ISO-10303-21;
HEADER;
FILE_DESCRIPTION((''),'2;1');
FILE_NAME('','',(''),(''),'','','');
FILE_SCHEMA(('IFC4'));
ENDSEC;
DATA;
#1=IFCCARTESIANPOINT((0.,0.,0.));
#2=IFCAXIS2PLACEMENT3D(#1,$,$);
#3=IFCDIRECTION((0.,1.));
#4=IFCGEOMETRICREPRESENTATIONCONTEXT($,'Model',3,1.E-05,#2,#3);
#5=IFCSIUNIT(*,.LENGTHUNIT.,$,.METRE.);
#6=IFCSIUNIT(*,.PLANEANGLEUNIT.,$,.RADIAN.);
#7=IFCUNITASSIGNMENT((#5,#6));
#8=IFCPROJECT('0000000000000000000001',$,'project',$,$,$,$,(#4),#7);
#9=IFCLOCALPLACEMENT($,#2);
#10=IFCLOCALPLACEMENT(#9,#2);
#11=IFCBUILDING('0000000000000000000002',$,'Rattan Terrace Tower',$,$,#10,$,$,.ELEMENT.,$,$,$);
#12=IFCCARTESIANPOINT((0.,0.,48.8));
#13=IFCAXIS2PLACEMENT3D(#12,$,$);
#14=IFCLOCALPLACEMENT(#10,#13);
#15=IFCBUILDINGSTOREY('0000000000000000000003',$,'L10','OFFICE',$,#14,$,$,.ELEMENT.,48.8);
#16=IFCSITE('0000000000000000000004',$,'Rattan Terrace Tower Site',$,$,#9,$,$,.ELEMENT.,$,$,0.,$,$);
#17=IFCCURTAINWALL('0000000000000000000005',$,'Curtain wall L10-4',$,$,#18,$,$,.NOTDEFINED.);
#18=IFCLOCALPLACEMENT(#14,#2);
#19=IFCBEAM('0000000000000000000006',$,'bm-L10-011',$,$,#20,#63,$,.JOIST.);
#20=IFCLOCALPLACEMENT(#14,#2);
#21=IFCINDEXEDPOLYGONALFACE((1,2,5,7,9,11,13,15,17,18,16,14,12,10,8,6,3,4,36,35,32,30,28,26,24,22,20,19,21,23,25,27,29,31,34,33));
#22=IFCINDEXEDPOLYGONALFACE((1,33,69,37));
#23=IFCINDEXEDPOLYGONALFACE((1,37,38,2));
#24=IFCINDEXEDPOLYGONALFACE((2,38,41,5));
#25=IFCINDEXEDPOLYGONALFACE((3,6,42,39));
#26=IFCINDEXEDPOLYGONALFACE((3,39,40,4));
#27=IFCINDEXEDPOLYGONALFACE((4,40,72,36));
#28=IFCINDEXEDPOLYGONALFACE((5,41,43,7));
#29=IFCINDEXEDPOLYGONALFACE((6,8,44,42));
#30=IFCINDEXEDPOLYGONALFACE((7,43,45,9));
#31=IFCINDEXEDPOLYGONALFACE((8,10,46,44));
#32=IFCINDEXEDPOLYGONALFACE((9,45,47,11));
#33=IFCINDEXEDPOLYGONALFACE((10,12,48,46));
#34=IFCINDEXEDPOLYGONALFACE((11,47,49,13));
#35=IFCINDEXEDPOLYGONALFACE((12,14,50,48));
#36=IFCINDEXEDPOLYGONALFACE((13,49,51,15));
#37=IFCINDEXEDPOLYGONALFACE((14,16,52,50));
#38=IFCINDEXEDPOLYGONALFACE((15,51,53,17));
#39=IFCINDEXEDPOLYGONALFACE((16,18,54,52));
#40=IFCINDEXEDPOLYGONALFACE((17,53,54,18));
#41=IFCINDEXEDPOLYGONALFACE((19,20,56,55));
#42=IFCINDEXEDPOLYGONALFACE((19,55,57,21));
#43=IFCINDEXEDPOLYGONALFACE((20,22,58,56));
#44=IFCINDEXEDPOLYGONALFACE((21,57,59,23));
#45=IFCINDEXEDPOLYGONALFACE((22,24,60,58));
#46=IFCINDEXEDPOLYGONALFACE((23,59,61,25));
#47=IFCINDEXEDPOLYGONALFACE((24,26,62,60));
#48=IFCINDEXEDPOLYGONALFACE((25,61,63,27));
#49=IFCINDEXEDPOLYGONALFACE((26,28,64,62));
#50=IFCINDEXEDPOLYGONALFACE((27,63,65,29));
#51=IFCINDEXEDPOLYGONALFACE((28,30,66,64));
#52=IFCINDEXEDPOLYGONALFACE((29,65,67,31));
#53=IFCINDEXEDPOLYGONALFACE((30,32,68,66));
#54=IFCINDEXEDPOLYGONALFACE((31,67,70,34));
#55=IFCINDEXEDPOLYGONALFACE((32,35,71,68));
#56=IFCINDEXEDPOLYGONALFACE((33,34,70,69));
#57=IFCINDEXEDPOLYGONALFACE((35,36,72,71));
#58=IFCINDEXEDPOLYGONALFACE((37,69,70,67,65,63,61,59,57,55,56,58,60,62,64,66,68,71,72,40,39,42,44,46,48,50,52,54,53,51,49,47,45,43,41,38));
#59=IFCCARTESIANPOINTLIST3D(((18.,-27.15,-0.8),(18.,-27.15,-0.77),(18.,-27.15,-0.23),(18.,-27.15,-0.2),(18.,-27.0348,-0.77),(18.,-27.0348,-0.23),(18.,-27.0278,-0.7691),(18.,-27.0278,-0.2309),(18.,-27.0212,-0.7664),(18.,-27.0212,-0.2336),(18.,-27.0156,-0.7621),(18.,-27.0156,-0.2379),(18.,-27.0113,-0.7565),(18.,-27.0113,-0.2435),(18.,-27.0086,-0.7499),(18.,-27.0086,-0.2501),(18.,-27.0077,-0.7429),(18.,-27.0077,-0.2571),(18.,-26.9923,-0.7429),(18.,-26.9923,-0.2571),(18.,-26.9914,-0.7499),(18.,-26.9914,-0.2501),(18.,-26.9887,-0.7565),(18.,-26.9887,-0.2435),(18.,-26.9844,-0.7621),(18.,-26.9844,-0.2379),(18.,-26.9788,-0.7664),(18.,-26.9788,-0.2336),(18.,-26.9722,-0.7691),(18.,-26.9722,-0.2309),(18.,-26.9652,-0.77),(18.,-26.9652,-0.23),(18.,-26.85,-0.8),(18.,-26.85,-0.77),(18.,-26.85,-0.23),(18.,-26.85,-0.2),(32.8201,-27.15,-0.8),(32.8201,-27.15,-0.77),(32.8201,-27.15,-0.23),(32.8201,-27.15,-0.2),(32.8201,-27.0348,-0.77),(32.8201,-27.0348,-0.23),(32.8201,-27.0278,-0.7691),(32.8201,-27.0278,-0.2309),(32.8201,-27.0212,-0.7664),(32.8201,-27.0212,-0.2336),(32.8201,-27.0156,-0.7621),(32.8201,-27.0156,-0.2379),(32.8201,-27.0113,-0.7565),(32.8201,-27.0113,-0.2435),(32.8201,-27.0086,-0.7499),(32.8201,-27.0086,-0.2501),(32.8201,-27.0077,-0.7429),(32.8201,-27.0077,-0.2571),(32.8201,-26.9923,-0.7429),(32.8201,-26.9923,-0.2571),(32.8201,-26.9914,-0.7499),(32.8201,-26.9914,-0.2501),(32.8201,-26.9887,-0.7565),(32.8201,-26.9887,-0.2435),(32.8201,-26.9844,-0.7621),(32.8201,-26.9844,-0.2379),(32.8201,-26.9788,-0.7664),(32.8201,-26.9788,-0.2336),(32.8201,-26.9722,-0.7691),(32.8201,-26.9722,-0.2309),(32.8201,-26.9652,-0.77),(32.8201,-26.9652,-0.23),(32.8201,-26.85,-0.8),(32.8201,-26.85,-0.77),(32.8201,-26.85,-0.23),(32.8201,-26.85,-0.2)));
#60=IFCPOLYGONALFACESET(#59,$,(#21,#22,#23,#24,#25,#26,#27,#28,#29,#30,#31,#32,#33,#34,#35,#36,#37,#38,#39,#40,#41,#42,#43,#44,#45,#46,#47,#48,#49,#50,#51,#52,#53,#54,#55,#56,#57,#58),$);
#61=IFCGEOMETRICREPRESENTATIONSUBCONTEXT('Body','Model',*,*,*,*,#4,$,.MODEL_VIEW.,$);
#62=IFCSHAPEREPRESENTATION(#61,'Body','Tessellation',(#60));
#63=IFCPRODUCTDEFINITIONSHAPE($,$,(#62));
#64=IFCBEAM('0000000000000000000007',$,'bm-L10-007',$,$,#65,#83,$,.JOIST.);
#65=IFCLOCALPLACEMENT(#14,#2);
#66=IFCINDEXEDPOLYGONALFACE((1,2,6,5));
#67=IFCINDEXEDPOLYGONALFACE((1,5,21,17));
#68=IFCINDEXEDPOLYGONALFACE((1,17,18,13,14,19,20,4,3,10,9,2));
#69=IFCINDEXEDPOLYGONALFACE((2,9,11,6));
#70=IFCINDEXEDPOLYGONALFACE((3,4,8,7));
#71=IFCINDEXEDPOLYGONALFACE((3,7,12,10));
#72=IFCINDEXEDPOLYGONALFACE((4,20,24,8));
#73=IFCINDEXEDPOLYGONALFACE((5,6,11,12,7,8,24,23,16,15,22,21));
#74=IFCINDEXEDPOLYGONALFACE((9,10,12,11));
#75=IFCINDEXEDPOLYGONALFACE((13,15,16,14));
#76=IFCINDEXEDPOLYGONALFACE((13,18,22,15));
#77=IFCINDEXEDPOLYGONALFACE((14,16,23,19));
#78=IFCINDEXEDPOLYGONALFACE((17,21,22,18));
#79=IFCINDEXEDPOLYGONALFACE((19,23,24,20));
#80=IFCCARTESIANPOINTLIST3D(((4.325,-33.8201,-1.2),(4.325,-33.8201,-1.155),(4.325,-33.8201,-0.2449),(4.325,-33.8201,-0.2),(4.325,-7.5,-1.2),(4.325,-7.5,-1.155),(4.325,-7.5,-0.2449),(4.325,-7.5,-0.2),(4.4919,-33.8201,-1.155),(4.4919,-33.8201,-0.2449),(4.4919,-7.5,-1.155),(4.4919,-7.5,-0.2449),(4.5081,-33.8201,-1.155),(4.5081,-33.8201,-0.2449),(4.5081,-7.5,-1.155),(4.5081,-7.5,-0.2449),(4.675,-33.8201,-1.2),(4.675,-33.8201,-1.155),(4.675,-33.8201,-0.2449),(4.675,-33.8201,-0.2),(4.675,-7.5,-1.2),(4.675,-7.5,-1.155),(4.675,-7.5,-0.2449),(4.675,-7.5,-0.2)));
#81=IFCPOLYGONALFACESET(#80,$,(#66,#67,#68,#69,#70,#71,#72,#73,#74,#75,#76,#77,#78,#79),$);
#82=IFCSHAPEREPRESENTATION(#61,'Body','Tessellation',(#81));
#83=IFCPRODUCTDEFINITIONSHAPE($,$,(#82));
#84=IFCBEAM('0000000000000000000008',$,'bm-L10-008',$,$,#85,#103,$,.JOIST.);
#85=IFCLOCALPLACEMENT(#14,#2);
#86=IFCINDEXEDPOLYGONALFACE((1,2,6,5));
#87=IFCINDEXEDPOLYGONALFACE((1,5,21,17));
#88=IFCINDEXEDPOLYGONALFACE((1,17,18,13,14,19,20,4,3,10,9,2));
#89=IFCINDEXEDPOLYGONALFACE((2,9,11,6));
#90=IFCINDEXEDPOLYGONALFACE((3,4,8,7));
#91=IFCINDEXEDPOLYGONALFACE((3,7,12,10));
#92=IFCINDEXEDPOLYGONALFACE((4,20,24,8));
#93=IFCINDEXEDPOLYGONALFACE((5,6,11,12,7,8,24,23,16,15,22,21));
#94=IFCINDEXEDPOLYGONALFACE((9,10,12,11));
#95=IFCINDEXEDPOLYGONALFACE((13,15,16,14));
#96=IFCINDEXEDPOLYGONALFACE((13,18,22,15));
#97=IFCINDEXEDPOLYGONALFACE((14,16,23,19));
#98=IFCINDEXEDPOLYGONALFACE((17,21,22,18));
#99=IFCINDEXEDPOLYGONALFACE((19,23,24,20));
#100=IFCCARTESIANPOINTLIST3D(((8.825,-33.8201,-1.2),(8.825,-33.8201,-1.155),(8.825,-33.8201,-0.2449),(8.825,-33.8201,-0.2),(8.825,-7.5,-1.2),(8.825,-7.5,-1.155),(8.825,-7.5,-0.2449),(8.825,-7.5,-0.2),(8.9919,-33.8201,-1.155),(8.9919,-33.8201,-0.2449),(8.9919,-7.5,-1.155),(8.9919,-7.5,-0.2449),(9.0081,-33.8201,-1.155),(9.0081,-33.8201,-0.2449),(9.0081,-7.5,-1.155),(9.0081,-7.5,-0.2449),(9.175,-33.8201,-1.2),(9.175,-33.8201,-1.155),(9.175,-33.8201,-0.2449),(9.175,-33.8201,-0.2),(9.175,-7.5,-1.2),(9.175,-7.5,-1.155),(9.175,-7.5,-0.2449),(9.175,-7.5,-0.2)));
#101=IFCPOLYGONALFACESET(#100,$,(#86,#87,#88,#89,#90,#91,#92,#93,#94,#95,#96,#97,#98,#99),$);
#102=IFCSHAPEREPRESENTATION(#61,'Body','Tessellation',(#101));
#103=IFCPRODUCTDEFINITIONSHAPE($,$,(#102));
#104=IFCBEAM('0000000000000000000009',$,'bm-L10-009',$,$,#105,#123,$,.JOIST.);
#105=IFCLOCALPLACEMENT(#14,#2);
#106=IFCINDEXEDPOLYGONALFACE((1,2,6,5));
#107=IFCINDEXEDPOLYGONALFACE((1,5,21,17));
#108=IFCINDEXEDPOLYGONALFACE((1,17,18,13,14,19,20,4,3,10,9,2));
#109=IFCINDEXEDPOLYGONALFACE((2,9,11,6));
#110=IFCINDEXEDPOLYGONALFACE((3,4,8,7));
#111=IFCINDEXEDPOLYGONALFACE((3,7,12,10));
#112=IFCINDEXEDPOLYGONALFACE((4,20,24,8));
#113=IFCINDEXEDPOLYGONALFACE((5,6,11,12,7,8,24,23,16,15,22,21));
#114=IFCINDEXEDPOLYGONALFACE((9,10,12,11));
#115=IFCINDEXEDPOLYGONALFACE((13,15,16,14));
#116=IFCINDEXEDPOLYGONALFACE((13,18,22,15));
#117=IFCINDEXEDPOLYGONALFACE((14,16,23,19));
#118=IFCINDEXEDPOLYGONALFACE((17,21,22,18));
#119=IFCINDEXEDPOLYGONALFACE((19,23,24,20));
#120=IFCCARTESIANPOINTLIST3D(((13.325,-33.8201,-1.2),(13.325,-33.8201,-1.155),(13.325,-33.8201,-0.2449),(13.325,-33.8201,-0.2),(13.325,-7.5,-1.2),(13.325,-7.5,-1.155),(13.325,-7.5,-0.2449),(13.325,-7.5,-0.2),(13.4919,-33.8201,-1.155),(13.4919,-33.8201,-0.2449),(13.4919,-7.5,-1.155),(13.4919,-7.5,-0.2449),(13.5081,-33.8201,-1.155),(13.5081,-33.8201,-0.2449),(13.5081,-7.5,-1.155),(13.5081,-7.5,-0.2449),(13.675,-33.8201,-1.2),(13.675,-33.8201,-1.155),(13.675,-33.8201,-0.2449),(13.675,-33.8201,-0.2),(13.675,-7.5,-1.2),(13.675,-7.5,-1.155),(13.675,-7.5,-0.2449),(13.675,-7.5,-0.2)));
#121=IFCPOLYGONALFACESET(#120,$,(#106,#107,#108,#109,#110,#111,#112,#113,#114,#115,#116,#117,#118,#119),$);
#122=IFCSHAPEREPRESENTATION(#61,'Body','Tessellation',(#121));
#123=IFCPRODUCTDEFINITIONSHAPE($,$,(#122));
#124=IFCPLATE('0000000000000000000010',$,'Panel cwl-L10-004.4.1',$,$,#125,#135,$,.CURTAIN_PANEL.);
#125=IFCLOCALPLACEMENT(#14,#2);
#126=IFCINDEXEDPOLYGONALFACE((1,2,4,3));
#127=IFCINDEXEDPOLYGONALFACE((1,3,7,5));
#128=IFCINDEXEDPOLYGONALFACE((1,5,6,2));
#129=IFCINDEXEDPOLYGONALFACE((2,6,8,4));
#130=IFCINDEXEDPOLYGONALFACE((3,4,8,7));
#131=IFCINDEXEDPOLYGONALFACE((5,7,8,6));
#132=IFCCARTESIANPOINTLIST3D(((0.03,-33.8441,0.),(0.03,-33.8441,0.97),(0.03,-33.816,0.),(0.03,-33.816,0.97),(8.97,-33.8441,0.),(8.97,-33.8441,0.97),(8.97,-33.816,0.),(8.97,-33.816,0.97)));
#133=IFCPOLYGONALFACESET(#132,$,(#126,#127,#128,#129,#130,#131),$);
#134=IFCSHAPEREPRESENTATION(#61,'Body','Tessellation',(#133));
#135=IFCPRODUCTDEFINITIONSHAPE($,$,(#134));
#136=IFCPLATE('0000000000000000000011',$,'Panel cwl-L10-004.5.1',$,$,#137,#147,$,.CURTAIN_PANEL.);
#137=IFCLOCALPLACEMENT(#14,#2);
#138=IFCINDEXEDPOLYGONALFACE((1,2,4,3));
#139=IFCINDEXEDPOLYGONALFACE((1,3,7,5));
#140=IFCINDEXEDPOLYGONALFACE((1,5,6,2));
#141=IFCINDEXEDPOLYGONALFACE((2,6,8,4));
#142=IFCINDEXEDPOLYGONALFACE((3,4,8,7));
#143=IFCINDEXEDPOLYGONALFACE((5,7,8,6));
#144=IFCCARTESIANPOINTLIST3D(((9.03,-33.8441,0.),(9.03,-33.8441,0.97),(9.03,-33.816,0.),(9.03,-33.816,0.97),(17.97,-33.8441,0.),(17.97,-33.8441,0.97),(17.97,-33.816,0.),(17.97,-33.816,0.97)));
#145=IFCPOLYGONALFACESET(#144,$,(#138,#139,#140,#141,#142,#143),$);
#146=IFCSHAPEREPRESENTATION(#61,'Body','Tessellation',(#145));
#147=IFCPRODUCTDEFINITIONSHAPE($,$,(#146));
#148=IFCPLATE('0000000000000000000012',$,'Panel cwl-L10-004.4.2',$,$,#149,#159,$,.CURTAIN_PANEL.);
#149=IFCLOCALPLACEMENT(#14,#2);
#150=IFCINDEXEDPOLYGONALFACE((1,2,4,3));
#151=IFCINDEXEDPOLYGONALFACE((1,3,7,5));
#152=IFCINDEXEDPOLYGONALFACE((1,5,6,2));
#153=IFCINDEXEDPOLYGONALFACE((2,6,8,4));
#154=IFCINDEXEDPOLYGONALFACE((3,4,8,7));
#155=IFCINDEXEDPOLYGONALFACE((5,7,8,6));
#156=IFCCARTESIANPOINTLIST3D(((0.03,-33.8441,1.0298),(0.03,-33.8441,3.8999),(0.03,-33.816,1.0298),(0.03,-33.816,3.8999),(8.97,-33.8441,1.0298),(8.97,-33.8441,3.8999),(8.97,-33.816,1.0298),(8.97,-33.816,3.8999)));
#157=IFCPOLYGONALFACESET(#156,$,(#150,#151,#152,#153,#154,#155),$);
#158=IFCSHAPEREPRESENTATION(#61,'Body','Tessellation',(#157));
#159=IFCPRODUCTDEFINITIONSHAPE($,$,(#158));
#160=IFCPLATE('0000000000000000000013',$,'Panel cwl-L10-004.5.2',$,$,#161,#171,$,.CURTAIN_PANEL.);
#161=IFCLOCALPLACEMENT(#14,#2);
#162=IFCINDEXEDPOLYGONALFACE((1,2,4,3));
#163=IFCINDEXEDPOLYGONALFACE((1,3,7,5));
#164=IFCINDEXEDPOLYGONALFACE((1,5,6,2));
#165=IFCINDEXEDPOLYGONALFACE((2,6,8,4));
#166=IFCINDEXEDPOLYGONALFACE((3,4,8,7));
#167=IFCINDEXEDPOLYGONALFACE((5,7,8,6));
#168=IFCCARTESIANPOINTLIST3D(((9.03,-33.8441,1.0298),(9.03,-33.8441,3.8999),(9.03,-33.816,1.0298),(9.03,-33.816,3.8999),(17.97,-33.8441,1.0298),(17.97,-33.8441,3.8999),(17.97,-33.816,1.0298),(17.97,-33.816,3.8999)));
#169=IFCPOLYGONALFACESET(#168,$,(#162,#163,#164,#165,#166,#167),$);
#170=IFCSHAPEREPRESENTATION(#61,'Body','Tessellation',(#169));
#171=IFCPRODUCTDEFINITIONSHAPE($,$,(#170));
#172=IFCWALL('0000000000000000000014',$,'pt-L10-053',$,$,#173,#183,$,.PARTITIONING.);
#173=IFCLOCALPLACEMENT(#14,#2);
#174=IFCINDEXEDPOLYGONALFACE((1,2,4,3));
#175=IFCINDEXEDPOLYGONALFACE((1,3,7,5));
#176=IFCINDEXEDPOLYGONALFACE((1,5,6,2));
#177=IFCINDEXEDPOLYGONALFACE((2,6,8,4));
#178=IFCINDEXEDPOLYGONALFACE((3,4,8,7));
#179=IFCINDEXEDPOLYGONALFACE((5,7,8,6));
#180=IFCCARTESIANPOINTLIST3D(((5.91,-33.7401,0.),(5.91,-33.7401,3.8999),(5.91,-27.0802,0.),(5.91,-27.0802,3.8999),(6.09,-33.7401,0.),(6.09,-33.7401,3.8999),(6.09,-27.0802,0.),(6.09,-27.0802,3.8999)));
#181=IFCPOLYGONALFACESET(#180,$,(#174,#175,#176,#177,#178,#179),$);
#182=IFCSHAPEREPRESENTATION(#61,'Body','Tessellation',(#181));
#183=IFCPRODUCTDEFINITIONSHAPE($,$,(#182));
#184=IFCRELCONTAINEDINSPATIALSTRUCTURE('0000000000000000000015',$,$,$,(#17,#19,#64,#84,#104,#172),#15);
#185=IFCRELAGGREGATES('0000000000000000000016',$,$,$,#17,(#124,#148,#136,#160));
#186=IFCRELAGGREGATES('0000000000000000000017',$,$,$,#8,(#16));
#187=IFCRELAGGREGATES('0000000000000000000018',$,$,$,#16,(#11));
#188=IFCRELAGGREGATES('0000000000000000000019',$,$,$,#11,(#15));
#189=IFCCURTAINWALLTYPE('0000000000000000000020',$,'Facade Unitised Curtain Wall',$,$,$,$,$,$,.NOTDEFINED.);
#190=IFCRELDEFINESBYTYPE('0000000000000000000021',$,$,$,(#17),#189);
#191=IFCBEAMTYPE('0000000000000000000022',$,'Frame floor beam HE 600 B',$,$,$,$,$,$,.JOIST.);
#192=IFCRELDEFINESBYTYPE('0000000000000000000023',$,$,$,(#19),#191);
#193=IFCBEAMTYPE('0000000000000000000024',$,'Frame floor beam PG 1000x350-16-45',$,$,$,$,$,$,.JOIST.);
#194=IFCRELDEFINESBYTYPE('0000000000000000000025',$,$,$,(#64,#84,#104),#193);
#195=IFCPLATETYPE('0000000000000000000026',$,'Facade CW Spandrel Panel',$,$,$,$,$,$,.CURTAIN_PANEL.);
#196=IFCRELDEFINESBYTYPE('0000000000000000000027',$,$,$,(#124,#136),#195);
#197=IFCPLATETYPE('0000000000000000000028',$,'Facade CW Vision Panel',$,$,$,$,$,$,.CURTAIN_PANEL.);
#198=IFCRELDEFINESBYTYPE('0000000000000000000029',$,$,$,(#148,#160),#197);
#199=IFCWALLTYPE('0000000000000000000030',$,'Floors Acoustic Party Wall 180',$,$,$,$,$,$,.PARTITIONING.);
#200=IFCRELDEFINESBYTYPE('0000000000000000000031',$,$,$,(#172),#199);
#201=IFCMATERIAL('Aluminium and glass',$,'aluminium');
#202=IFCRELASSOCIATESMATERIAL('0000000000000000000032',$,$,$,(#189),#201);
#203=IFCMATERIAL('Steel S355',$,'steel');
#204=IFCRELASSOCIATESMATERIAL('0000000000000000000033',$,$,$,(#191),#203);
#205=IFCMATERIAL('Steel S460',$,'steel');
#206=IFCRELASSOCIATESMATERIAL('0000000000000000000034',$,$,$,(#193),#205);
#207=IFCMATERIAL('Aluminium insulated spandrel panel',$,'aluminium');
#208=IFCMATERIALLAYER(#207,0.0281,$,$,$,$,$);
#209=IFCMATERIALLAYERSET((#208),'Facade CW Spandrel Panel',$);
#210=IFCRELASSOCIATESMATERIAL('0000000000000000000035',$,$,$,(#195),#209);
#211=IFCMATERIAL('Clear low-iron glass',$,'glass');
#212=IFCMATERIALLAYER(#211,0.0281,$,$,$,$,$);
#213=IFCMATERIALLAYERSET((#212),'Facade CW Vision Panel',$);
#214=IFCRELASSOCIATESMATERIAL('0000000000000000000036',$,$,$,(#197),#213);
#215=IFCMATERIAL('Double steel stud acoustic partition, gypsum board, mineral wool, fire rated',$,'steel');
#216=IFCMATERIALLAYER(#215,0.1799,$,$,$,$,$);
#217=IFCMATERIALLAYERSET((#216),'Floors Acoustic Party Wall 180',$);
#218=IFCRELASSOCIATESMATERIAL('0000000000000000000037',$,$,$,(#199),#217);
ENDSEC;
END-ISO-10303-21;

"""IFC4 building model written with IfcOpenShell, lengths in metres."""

from ifc_helpers import new_model, si_unit, direction, frame, frame_2d, origin, origin_2d, place, context, subcontext, project, spatial, rectangle, i_section, extrude, material, layer, layer_set, material_profile, profile_set, type_object, element, aggregate, save


model = new_model("IFC4")

# Units and contexts
model_context = context("Model", 3, precision=1e-05, world=origin(), true_north=direction((0.0, 1.0)))
body_context = subcontext(model_context, "Body", "Model", "MODEL_VIEW")
ifc_project = project(units=[si_unit("LENGTHUNIT", "METRE"), si_unit("PLANEANGLEUNIT", "RADIAN")], contexts=[model_context])

# Site, building, storey
site_placement = place(None, origin())
site = spatial("IfcSite", under=ifc_project, at=site_placement, Name="Rattan Terrace Tower Site", CompositionType="ELEMENT", RefElevation=0.0)
building_placement = place(site_placement, origin())
building = spatial("IfcBuilding", under=site, at=building_placement, Name="Rattan Terrace Tower", CompositionType="ELEMENT")
storey_placement = place(building_placement, frame((0.0, 0.0, 48.8)))
storey = spatial("IfcBuildingStorey", under=building, at=storey_placement, Name="L10", Description="OFFICE", CompositionType="ELEMENT", Elevation=48.8)

# Curtain wall
ifc_material_1 = material(Name="Aluminium and glass", Category="aluminium")
curtain_wall_type = type_object("IfcCurtainWallType", Name="Facade Unitised Curtain Wall", PredefinedType="NOTDEFINED", material=ifc_material_1)
curtain_wall_placement = place(storey_placement, origin())
curtain_wall = element("IfcCurtainWall", 1, at=curtain_wall_placement, inside=storey, type_object=curtain_wall_type, Name="Curtain wall L10-4", PredefinedType="NOTDEFINED")

# Beams
ifc_material_2 = material(Name="Steel S355", Category="steel")
ifc_material_profile_1 = material_profile(ifc_material_2, i_section(OverallWidth=0.3, OverallDepth=0.6001, WebThickness=0.0154, FlangeThickness=0.03, FilletRadius=0.0271, at=origin_2d()), Name="HE 600 B")
ifc_profile_set_1 = profile_set([ifc_material_profile_1], Name="Steel S355")
beam_type_1 = type_object("IfcBeamType", Name="Frame floor beam HE 600 B", PredefinedType="JOIST", material=ifc_profile_set_1)
beam_1_placement = place(storey_placement, frame((18.0, -27.0, -0.5), z_axis=(1.0, 0.0, 0.0), x_axis=(0.0, 1.0, 0.0)))
element("IfcBeam", 2, at=beam_1_placement, inside=storey, type_object=beam_type_1, Name="bm-L10-011", PredefinedType="JOIST", context=body_context, shape_type="SweptSolid", body=[
    extrude(i_section(OverallWidth=0.3, OverallDepth=0.6001, WebThickness=0.0154, FlangeThickness=0.03, FilletRadius=0.0271, at=origin_2d()), origin(), (0.0, 0.0, 1.0), 14.8201),
])
ifc_material_3 = material(Name="Steel S460", Category="steel")
ifc_material_profile_2 = material_profile(ifc_material_3, i_section(OverallWidth=0.3501, OverallDepth=1.0, WebThickness=0.0161, FlangeThickness=0.0449, at=origin_2d()), Name="PG 1000x350-16-45")
ifc_profile_set_2 = profile_set([ifc_material_profile_2], Name="Steel S460")
beam_type_2 = type_object("IfcBeamType", Name="Frame floor beam PG 1000x350-16-45", PredefinedType="JOIST", material=ifc_profile_set_2)
for number, where, z_axis, x_axis, name in (
    (3, (4.5, -33.8201, -0.7), (0.0, 1.0, 0.0), (-1.0, 0.0, 0.0), "bm-L10-007"),
    (4, (9.0, -33.8201, -0.7), (0.0, 1.0, 0.0), (-1.0, 0.0, 0.0), "bm-L10-008"),
    (5, (13.5, -33.8201, -0.7), (0.0, 1.0, 0.0), (-1.0, 0.0, 0.0), "bm-L10-009"),
):
    element("IfcBeam", number, at=place(storey_placement, frame(where, z_axis=z_axis, x_axis=x_axis)), inside=storey, type_object=beam_type_2, Name=name, PredefinedType="JOIST", context=body_context, shape_type="SweptSolid", body=[
        extrude(i_section(OverallWidth=0.3501, OverallDepth=1.0, WebThickness=0.0161, FlangeThickness=0.0449, at=origin_2d()), origin(), (0.0, 0.0, 1.0), 26.3201),
    ])

# Plates
ifc_material_4 = material(Name="Aluminium insulated spandrel panel", Category="aluminium")
ifc_layer_1 = layer(ifc_material_4, 0.0281)
ifc_layer_set_1 = layer_set([ifc_layer_1], Name="Facade CW Spandrel Panel")
plate_type_1 = type_object("IfcPlateType", Name="Facade CW Spandrel Panel", PredefinedType="CURTAIN_PANEL", material=ifc_layer_set_1)
plate_1_placement = place(storey_placement, frame((4.5, -33.8301, 0.0), z_axis=(0.0, 0.0, 1.0), x_axis=(1.0, 0.0, 0.0)))
plate_1 = element("IfcPlate", 6, at=plate_1_placement, type_object=plate_type_1, Name="Panel cwl-L10-004.4.1", PredefinedType="CURTAIN_PANEL", context=body_context, shape_type="SweptSolid", body=[
    extrude(rectangle(XDim=8.9399, YDim=0.0281, at=origin_2d()), origin(), (0.0, 0.0, 1.0), 0.97),
])
plate_2_placement = place(storey_placement, frame((13.5, -33.8301, 0.0), z_axis=(0.0, 0.0, 1.0), x_axis=(1.0, 0.0, 0.0)))
plate_2 = element("IfcPlate", 7, at=plate_2_placement, type_object=plate_type_1, Name="Panel cwl-L10-004.5.1", PredefinedType="CURTAIN_PANEL", context=body_context, shape_type="SweptSolid", body=[
    extrude(rectangle(XDim=8.9399, YDim=0.0281, at=origin_2d()), origin(), (0.0, 0.0, 1.0), 0.97),
])
ifc_material_5 = material(Name="Clear low-iron glass", Category="glass")
ifc_layer_2 = layer(ifc_material_5, 0.0281)
ifc_layer_set_2 = layer_set([ifc_layer_2], Name="Facade CW Vision Panel")
plate_type_2 = type_object("IfcPlateType", Name="Facade CW Vision Panel", PredefinedType="CURTAIN_PANEL", material=ifc_layer_set_2)
plate_3_placement = place(storey_placement, frame((4.5, -33.8301, 1.0298), z_axis=(0.0, 0.0, 1.0), x_axis=(1.0, 0.0, 0.0)))
plate_3 = element("IfcPlate", 8, at=plate_3_placement, type_object=plate_type_2, Name="Panel cwl-L10-004.4.2", PredefinedType="CURTAIN_PANEL", context=body_context, shape_type="SweptSolid", body=[
    extrude(rectangle(XDim=8.9399, YDim=0.0281, at=origin_2d()), origin(), (0.0, 0.0, 1.0), 2.8701),
])
plate_4_placement = place(storey_placement, frame((13.5, -33.8301, 1.0298), z_axis=(0.0, 0.0, 1.0), x_axis=(1.0, 0.0, 0.0)))
plate_4 = element("IfcPlate", 9, at=plate_4_placement, type_object=plate_type_2, Name="Panel cwl-L10-004.5.2", PredefinedType="CURTAIN_PANEL", context=body_context, shape_type="SweptSolid", body=[
    extrude(rectangle(XDim=8.9399, YDim=0.0281, at=origin_2d()), origin(), (0.0, 0.0, 1.0), 2.8701),
])
aggregate(curtain_wall, [plate_1, plate_3, plate_2, plate_4])

# Wall
ifc_material_6 = material(Name="Double steel stud acoustic partition, gypsum board, mineral wool, fire rated", Category="steel")
ifc_layer_3 = layer(ifc_material_6, 0.1799)
ifc_layer_set_3 = layer_set([ifc_layer_3], Name="Floors Acoustic Party Wall 180")
wall_type_1 = type_object("IfcWallType", Name="Floors Acoustic Party Wall 180", PredefinedType="PARTITIONING", material=ifc_layer_set_3)
wall_1_placement = place(storey_placement, frame((6.0, -27.0801, 0.0), z_axis=(0.0, 0.0, 1.0), x_axis=(0.0, -1.0, 0.0)))
element("IfcWall", 10, at=wall_1_placement, inside=storey, type_object=wall_type_1, Name="pt-L10-053", PredefinedType="PARTITIONING", context=body_context, shape_type="SweptSolid", body=[
    extrude(rectangle(XDim=6.6599, YDim=0.1799, at=frame_2d((3.3301, 0.0))), origin(), (0.0, 0.0, 1.0), 3.8999),
])

save(model, "model.ifc")
